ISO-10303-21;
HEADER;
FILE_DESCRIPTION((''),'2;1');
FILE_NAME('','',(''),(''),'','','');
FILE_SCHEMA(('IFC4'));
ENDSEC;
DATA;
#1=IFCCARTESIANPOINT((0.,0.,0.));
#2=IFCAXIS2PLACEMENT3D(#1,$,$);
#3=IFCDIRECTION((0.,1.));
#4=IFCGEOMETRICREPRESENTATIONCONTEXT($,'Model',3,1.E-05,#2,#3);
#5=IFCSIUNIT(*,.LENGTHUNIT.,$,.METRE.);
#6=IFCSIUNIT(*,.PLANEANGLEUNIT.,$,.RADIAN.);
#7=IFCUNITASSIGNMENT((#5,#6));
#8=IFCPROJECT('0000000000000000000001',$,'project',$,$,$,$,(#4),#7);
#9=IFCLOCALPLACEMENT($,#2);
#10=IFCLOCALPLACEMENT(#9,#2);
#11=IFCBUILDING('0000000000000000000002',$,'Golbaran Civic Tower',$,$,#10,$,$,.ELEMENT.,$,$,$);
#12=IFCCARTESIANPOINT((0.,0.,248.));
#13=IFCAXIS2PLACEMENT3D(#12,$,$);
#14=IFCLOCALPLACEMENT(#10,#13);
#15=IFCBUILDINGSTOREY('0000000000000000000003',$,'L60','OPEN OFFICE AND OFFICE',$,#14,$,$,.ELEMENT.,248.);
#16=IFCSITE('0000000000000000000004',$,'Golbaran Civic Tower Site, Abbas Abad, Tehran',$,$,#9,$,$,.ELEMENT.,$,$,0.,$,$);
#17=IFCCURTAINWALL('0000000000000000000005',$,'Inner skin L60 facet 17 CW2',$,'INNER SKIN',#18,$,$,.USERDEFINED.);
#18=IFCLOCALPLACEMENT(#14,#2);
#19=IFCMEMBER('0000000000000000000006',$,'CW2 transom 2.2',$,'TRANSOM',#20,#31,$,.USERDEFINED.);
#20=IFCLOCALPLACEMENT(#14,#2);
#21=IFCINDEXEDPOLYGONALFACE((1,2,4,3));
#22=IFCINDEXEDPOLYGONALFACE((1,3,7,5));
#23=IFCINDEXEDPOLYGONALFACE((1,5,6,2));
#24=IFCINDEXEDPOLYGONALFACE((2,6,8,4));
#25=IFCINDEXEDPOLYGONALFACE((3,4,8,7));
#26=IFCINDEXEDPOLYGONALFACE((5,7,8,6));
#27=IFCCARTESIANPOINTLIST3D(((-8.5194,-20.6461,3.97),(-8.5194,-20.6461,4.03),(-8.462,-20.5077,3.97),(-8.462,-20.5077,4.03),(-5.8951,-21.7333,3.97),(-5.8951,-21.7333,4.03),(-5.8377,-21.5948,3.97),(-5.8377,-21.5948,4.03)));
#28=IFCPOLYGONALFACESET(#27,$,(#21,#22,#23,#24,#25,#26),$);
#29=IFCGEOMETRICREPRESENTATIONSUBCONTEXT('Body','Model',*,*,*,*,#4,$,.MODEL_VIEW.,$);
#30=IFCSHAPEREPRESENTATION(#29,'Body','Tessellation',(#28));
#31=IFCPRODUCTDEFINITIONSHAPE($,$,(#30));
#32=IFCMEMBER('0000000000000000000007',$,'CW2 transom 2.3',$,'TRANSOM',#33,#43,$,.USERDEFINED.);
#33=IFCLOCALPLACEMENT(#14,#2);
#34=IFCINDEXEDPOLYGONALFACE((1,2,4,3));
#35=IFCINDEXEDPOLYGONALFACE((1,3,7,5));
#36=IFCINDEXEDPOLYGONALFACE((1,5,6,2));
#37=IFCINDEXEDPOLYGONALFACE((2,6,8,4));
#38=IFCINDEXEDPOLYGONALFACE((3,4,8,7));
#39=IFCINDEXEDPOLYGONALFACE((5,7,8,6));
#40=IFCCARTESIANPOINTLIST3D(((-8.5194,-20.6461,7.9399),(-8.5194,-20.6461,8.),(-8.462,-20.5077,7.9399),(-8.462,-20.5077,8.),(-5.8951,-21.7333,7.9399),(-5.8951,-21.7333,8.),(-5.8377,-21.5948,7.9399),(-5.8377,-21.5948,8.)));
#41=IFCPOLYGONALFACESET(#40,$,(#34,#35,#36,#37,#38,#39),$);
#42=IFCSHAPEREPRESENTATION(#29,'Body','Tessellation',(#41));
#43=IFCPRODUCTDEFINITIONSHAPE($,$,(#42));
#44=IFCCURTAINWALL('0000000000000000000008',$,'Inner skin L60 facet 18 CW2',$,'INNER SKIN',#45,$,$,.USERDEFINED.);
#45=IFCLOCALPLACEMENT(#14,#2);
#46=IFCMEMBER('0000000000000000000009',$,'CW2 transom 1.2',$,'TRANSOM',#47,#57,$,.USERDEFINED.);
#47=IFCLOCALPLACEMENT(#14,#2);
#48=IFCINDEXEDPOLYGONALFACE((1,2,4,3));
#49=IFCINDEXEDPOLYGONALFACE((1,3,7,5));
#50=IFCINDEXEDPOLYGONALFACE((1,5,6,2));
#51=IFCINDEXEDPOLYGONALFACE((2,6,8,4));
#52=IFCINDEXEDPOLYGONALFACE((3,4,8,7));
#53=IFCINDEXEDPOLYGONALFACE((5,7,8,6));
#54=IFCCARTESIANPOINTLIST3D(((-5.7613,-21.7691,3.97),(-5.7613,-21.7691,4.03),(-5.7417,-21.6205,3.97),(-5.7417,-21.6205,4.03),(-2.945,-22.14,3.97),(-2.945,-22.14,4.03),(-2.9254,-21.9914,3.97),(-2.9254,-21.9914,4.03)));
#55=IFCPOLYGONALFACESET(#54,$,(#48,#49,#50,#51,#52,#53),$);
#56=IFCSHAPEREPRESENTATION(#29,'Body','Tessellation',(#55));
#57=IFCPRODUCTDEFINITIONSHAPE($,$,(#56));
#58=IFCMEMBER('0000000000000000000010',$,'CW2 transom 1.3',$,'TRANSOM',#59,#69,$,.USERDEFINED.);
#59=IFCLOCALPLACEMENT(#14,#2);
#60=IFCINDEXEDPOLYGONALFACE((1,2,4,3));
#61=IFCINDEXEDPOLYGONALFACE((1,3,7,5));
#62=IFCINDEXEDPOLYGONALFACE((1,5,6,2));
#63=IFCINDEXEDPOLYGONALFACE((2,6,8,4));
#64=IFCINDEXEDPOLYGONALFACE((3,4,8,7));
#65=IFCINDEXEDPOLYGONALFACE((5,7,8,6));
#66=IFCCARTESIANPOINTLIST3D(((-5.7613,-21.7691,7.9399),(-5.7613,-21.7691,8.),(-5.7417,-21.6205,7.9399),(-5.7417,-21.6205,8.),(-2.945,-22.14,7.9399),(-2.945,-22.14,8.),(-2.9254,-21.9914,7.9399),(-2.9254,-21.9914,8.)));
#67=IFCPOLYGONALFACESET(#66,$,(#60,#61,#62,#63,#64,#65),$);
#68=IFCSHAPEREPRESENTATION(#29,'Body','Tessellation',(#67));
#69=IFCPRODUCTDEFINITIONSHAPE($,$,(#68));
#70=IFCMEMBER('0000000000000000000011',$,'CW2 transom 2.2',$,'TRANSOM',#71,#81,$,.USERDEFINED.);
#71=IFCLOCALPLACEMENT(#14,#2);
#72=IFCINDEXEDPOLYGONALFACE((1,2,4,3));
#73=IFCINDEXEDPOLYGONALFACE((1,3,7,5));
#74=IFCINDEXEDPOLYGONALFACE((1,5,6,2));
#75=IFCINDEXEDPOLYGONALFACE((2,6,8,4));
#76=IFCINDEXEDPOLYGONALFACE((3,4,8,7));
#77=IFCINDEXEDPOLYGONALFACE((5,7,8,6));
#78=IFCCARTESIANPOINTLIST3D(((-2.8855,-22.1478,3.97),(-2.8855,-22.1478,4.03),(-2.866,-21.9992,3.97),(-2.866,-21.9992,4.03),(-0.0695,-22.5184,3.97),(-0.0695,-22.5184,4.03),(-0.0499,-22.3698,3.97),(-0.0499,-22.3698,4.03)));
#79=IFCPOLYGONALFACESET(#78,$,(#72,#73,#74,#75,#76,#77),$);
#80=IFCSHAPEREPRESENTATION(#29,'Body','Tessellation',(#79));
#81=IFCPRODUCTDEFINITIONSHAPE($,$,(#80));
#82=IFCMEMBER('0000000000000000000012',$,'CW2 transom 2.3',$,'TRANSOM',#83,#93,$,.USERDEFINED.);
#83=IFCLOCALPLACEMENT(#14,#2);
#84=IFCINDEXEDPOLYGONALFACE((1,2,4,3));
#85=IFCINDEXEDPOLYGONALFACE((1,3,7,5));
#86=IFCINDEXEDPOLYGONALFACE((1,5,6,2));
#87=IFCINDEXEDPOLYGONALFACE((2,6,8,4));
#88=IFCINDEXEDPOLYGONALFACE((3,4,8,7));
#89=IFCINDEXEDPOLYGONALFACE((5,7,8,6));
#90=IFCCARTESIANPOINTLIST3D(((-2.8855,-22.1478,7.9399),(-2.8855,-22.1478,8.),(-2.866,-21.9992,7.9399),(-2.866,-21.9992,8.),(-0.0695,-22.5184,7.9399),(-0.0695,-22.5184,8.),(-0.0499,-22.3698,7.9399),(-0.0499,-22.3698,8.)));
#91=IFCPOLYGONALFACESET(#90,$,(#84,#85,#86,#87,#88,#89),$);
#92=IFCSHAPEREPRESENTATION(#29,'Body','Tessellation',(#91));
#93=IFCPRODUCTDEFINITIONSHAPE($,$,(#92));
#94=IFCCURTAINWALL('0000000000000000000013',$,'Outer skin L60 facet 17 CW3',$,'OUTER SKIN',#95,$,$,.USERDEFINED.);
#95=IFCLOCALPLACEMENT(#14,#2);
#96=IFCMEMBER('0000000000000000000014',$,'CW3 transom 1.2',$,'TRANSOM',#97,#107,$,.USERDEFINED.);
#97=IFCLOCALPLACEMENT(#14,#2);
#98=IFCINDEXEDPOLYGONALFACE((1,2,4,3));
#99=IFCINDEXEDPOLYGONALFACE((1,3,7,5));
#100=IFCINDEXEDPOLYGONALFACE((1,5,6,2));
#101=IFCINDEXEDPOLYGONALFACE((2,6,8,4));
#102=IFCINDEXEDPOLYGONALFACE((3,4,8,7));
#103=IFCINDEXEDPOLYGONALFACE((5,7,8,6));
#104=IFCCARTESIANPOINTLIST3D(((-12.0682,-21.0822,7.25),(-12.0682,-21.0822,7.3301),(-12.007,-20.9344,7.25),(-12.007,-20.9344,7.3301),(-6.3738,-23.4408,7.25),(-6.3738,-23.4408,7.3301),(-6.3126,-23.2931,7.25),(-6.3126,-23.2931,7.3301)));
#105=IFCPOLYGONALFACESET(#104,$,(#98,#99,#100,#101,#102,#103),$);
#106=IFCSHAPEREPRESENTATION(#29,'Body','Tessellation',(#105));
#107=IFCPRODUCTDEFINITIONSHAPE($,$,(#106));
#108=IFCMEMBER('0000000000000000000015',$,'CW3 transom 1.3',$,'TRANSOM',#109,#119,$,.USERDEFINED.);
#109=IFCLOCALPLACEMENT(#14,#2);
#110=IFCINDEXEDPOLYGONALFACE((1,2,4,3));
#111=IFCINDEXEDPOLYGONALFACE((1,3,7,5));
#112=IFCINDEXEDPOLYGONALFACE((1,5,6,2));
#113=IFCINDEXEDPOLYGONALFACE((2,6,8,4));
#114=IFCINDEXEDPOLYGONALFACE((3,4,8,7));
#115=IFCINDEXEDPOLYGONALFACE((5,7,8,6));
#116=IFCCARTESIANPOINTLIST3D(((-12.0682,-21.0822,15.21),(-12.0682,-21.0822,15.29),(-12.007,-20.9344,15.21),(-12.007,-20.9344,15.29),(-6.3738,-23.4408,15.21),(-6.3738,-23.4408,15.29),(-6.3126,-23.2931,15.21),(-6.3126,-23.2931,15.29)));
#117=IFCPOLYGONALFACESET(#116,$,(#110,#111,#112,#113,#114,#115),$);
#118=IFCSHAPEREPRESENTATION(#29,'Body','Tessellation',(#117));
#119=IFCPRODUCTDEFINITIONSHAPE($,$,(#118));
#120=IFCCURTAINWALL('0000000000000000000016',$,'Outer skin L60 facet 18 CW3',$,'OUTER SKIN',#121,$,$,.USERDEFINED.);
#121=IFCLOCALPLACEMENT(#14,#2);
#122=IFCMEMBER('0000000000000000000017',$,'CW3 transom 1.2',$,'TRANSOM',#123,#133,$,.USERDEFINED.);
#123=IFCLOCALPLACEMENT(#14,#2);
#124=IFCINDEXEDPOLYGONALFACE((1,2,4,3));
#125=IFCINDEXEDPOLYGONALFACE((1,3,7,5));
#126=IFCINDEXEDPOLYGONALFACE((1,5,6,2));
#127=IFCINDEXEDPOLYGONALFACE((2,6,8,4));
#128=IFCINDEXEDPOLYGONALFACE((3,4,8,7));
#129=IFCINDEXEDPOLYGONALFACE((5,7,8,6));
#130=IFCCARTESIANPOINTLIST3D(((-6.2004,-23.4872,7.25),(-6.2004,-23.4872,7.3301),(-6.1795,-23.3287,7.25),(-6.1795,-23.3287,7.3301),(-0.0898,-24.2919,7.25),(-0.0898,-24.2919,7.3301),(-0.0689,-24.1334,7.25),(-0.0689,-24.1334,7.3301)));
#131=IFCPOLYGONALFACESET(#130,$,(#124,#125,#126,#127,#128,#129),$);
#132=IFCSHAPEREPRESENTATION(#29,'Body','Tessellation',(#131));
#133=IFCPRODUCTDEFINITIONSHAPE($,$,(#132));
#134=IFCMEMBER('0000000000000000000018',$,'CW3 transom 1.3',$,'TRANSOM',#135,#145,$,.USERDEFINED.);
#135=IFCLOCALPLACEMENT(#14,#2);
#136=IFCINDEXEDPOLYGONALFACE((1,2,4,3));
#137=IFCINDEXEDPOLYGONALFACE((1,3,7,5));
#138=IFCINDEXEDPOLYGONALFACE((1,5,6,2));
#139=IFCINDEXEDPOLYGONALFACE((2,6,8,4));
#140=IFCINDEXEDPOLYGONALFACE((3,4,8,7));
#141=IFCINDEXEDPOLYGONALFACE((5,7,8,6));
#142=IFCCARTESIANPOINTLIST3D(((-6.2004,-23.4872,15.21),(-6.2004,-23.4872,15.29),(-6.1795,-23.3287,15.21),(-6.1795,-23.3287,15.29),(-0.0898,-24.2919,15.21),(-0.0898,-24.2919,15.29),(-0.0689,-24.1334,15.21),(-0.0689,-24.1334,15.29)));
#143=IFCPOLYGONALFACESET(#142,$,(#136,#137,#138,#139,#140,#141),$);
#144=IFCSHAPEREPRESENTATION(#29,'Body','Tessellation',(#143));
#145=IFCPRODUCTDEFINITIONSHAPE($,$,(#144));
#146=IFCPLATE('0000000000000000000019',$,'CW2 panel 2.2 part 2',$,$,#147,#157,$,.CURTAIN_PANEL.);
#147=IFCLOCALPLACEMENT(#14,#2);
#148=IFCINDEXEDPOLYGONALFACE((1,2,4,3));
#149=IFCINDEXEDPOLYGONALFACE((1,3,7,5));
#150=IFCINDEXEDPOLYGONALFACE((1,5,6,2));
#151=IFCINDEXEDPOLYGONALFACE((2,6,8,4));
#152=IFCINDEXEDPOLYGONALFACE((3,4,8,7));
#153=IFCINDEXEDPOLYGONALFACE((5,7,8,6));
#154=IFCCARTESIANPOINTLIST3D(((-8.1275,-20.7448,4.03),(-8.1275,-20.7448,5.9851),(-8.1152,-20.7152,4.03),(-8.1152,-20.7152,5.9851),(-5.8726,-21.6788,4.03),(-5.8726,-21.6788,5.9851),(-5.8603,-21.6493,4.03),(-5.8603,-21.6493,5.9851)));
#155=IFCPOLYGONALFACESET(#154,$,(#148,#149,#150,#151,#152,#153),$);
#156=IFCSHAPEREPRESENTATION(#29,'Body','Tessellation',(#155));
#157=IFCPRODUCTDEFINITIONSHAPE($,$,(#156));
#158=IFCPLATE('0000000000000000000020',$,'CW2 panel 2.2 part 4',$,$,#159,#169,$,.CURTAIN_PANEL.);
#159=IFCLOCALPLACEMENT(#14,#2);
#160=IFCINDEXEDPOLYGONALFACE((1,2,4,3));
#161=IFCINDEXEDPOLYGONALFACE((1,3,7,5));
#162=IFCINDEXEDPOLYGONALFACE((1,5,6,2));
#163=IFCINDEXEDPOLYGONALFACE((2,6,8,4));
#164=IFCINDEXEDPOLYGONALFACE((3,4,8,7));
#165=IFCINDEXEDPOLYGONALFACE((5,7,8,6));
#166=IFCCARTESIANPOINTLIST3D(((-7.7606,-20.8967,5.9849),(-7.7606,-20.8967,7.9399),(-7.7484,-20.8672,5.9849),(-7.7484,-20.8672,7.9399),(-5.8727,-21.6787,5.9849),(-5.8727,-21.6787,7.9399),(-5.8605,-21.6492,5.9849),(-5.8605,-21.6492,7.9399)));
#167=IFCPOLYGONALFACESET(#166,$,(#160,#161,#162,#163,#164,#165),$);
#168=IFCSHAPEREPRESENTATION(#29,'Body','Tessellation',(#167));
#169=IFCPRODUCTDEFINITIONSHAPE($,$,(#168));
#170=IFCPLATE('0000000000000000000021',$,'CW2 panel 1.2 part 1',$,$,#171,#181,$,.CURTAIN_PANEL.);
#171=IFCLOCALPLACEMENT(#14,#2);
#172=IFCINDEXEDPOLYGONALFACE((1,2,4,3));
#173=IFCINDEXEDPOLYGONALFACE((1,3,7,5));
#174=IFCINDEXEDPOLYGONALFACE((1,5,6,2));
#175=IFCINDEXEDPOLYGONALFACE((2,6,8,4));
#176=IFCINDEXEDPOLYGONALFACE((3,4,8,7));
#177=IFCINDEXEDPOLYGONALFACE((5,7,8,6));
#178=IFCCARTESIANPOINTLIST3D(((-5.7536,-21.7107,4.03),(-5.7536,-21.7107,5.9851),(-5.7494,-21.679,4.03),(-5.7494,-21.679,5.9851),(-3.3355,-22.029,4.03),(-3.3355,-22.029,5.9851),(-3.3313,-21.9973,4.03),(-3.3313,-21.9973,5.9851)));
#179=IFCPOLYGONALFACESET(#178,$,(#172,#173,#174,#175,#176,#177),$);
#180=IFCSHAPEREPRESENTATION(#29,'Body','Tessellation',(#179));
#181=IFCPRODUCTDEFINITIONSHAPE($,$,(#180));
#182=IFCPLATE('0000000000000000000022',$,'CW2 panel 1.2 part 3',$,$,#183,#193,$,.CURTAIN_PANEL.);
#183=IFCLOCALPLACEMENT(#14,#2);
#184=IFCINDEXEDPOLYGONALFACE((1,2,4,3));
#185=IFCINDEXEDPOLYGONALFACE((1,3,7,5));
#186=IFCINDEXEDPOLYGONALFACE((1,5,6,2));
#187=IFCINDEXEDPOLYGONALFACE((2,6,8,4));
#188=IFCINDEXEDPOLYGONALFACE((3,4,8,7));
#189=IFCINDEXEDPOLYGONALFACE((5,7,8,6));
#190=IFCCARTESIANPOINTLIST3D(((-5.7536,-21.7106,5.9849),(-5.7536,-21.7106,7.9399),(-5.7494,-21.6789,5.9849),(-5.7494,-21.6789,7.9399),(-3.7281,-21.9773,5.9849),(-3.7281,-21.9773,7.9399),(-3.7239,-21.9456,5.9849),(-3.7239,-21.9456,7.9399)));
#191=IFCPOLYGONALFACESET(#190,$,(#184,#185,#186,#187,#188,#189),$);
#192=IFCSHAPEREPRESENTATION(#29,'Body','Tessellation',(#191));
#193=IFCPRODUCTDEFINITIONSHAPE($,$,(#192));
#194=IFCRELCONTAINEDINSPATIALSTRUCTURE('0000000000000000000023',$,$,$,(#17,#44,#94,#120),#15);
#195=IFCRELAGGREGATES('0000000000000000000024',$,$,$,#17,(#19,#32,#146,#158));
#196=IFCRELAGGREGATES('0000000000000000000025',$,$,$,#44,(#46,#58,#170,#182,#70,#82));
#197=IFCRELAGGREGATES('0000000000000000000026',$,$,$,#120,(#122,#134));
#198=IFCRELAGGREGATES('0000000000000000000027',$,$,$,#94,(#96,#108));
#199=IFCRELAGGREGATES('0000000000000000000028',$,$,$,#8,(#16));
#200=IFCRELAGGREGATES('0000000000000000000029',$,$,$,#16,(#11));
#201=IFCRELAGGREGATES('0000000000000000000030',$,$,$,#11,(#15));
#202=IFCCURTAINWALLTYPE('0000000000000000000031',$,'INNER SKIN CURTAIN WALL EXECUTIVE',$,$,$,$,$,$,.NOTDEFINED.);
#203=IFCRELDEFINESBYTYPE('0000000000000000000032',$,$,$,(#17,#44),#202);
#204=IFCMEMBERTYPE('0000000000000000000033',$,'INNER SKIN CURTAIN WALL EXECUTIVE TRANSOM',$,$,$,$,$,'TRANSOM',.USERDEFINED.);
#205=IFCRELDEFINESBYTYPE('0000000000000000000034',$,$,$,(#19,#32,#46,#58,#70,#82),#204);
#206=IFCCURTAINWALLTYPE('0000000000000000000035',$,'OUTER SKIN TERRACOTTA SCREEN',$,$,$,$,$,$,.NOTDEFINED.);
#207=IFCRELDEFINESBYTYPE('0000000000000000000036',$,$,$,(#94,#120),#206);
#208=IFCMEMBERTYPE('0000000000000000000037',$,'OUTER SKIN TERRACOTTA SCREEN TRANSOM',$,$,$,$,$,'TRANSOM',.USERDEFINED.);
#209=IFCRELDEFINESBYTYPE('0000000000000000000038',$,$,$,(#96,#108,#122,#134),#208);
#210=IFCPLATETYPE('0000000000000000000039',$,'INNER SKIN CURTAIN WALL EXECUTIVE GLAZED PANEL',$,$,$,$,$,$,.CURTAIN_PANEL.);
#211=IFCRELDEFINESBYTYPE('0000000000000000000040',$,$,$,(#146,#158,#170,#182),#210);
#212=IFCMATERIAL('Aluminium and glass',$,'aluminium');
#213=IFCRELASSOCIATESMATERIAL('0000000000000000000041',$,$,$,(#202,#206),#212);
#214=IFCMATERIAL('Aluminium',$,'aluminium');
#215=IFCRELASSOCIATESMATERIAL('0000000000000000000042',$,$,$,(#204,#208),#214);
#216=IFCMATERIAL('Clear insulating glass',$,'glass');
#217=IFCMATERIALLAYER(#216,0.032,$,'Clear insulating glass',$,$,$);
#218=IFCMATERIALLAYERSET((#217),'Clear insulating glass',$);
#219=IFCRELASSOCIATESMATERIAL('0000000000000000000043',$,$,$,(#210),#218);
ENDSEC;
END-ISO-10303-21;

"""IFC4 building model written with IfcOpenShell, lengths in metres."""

from ifc_helpers import new_model, si_unit, direction, frame, origin, origin_2d, place, context, subcontext, project, spatial, rectangle, extrude, material, layer, layer_set, material_profile, profile_set, type_object, element, aggregate, save


model = new_model("IFC4")

# Units and contexts
model_context = context("Model", 3, precision=1e-05, world=origin(), true_north=direction((0.0, 1.0)))
body_context = subcontext(model_context, "Body", "Model", "MODEL_VIEW")
ifc_project = project(units=[si_unit("LENGTHUNIT", "METRE"), si_unit("PLANEANGLEUNIT", "RADIAN")], contexts=[model_context])

# Site, building, storey
site_placement = place(None, origin())
site = spatial("IfcSite", under=ifc_project, at=site_placement, Name="Golbaran Civic Tower Site, Abbas Abad, Tehran", CompositionType="ELEMENT", RefElevation=0.0)
building_placement = place(site_placement, origin())
building = spatial("IfcBuilding", under=site, at=building_placement, Name="Golbaran Civic Tower", CompositionType="ELEMENT")
storey_placement = place(building_placement, frame((0.0, 0.0, 248.0)))
storey = spatial("IfcBuildingStorey", under=building, at=storey_placement, Name="L60", Description="OPEN OFFICE AND OFFICE", CompositionType="ELEMENT", Elevation=248.0)

# Curtain walls, members
ifc_material_1 = material(Name="Aluminium and glass", Category="aluminium")
curtain_wall_type_1 = type_object("IfcCurtainWallType", Name="INNER SKIN CURTAIN WALL EXECUTIVE", PredefinedType="NOTDEFINED", material=ifc_material_1)
curtain_wall_1_placement = place(storey_placement, origin())
curtain_wall_1 = element("IfcCurtainWall", 1, at=curtain_wall_1_placement, inside=storey, type_object=curtain_wall_type_1, Name="Inner skin L60 facet 17 CW2", ObjectType="INNER SKIN", PredefinedType="USERDEFINED")
ifc_material_2 = material(Name="Aluminium", Category="aluminium")
ifc_material_profile_1 = material_profile(ifc_material_2, rectangle(XDim=0.1499, YDim=0.0601, at=origin_2d()), Name="INNER SKIN CURTAIN WALL EXECUTIVE TRANSOM")
ifc_profile_set_1 = profile_set([ifc_material_profile_1], Name="Aluminium")
member_type_1 = type_object("IfcMemberType", Name="INNER SKIN CURTAIN WALL EXECUTIVE TRANSOM", ElementType="TRANSOM", PredefinedType="USERDEFINED", material=ifc_profile_set_1)
member_1_placement = place(storey_placement, frame((-8.4907, -20.5769, 4.0), z_axis=(0.923861, -0.382729, 0.0), x_axis=(0.382729, 0.923861, 0.0)))
member_1 = element("IfcMember", 2, at=member_1_placement, type_object=member_type_1, Name="CW2 transom 2.2", ObjectType="TRANSOM", PredefinedType="USERDEFINED", context=body_context, shape_type="SweptSolid", body=[
    extrude(rectangle(XDim=0.1499, YDim=0.0601, at=origin_2d()), origin(), (0.0, 0.0, 1.0), 2.8406),
])
member_2_placement = place(storey_placement, frame((-8.4907, -20.5769, 7.97), z_axis=(0.923861, -0.382729, 0.0), x_axis=(0.382729, 0.923861, 0.0)))
member_2 = element("IfcMember", 3, at=member_2_placement, type_object=member_type_1, Name="CW2 transom 2.3", ObjectType="TRANSOM", PredefinedType="USERDEFINED", context=body_context, shape_type="SweptSolid", body=[
    extrude(rectangle(XDim=0.1499, YDim=0.0601, at=origin_2d()), origin(), (0.0, 0.0, 1.0), 2.8406),
])
curtain_wall_2_placement = place(storey_placement, origin())
curtain_wall_2 = element("IfcCurtainWall", 4, at=curtain_wall_2_placement, inside=storey, type_object=curtain_wall_type_1, Name="Inner skin L60 facet 18 CW2", ObjectType="INNER SKIN", PredefinedType="USERDEFINED")
member_3_placement = place(storey_placement, frame((-5.7515, -21.6948, 4.0), z_axis=(0.991441, -0.130559, 0.0), x_axis=(0.130559, 0.991441, 0.0)))
member_3 = element("IfcMember", 5, at=member_3_placement, type_object=member_type_1, Name="CW2 transom 1.2", ObjectType="TRANSOM", PredefinedType="USERDEFINED", context=body_context, shape_type="SweptSolid", body=[
    extrude(rectangle(XDim=0.1499, YDim=0.0601, at=origin_2d()), origin(), (0.0, 0.0, 1.0), 2.8406),
])
member_4_placement = place(storey_placement, frame((-5.7515, -21.6948, 7.97), z_axis=(0.991441, -0.130559, 0.0), x_axis=(0.130559, 0.991441, 0.0)))
member_4 = element("IfcMember", 6, at=member_4_placement, type_object=member_type_1, Name="CW2 transom 1.3", ObjectType="TRANSOM", PredefinedType="USERDEFINED", context=body_context, shape_type="SweptSolid", body=[
    extrude(rectangle(XDim=0.1499, YDim=0.0601, at=origin_2d()), origin(), (0.0, 0.0, 1.0), 2.8406),
])
member_5_placement = place(storey_placement, frame((-2.8757, -22.0735, 4.0), z_axis=(0.991452, -0.130475, 0.0), x_axis=(0.130475, 0.991452, 0.0)))
member_5 = element("IfcMember", 7, at=member_5_placement, type_object=member_type_1, Name="CW2 transom 2.2", ObjectType="TRANSOM", PredefinedType="USERDEFINED", context=body_context, shape_type="SweptSolid", body=[
    extrude(rectangle(XDim=0.1499, YDim=0.0601, at=origin_2d()), origin(), (0.0, 0.0, 1.0), 2.8403),
])
member_6_placement = place(storey_placement, frame((-2.8757, -22.0735, 7.97), z_axis=(0.991452, -0.130475, 0.0), x_axis=(0.130475, 0.991452, 0.0)))
member_6 = element("IfcMember", 8, at=member_6_placement, type_object=member_type_1, Name="CW2 transom 2.3", ObjectType="TRANSOM", PredefinedType="USERDEFINED", context=body_context, shape_type="SweptSolid", body=[
    extrude(rectangle(XDim=0.1499, YDim=0.0601, at=origin_2d()), origin(), (0.0, 0.0, 1.0), 2.8403),
])
curtain_wall_type_2 = type_object("IfcCurtainWallType", Name="OUTER SKIN TERRACOTTA SCREEN", PredefinedType="NOTDEFINED", material=ifc_material_1)
curtain_wall_3_placement = place(storey_placement, origin())
curtain_wall_3 = element("IfcCurtainWall", 9, at=curtain_wall_3_placement, inside=storey, type_object=curtain_wall_type_2, Name="Outer skin L60 facet 17 CW3", ObjectType="OUTER SKIN", PredefinedType="USERDEFINED")
ifc_material_profile_2 = material_profile(ifc_material_2, rectangle(XDim=0.1599, YDim=0.0801, at=origin_2d()), Name="OUTER SKIN TERRACOTTA SCREEN TRANSOM")
ifc_profile_set_2 = profile_set([ifc_material_profile_2], Name="Aluminium")
member_type_2 = type_object("IfcMemberType", Name="OUTER SKIN TERRACOTTA SCREEN TRANSOM", ElementType="TRANSOM", PredefinedType="USERDEFINED", material=ifc_profile_set_2)
member_7_placement = place(storey_placement, frame((-12.0376, -21.0083, 7.29), z_axis=(0.923881, -0.382679, 0.0), x_axis=(0.382679, 0.923881, 0.0)))
member_7 = element("IfcMember", 10, at=member_7_placement, type_object=member_type_2, Name="CW3 transom 1.2", ObjectType="TRANSOM", PredefinedType="USERDEFINED", context=body_context, shape_type="SweptSolid", body=[
    extrude(rectangle(XDim=0.1599, YDim=0.0801, at=origin_2d()), origin(), (0.0, 0.0, 1.0), 6.1636),
])
member_8_placement = place(storey_placement, frame((-12.0376, -21.0083, 15.25), z_axis=(0.923881, -0.382679, 0.0), x_axis=(0.382679, 0.923881, 0.0)))
member_8 = element("IfcMember", 11, at=member_8_placement, type_object=member_type_2, Name="CW3 transom 1.3", ObjectType="TRANSOM", PredefinedType="USERDEFINED", context=body_context, shape_type="SweptSolid", body=[
    extrude(rectangle(XDim=0.1599, YDim=0.0801, at=origin_2d()), origin(), (0.0, 0.0, 1.0), 6.1636),
])
curtain_wall_4_placement = place(storey_placement, origin())
curtain_wall_4 = element("IfcCurtainWall", 12, at=curtain_wall_4_placement, inside=storey, type_object=curtain_wall_type_2, Name="Outer skin L60 facet 18 CW3", ObjectType="OUTER SKIN", PredefinedType="USERDEFINED")
member_9_placement = place(storey_placement, frame((-6.1899, -23.408, 7.29), z_axis=(0.99144, -0.13056, 0.0), x_axis=(0.13056, 0.99144, 0.0)))
member_9 = element("IfcMember", 13, at=member_9_placement, type_object=member_type_2, Name="CW3 transom 1.2", ObjectType="TRANSOM", PredefinedType="USERDEFINED", context=body_context, shape_type="SweptSolid", body=[
    extrude(rectangle(XDim=0.1599, YDim=0.0801, at=origin_2d()), origin(), (0.0, 0.0, 1.0), 6.1633),
])
member_10_placement = place(storey_placement, frame((-6.1899, -23.408, 15.25), z_axis=(0.99144, -0.13056, 0.0), x_axis=(0.13056, 0.99144, 0.0)))
member_10 = element("IfcMember", 14, at=member_10_placement, type_object=member_type_2, Name="CW3 transom 1.3", ObjectType="TRANSOM", PredefinedType="USERDEFINED", context=body_context, shape_type="SweptSolid", body=[
    extrude(rectangle(XDim=0.1599, YDim=0.0801, at=origin_2d()), origin(), (0.0, 0.0, 1.0), 6.1633),
])

# Plates
ifc_material_3 = material(Name="Clear insulating glass", Category="glass")
ifc_layer_1 = layer(ifc_material_3, 0.032, Name="Clear insulating glass")
ifc_layer_set_1 = layer_set([ifc_layer_1], Name="Clear insulating glass")
plate_type_1 = type_object("IfcPlateType", Name="INNER SKIN CURTAIN WALL EXECUTIVE GLAZED PANEL", PredefinedType="CURTAIN_PANEL", material=ifc_layer_set_1)
plate_1_placement = place(storey_placement, frame((-6.9939, -21.197, 4.03), z_axis=(0.0, 0.0, 1.0), x_axis=(0.92388, -0.382683, 0.0)))
plate_1 = element("IfcPlate", 15, at=plate_1_placement, type_object=plate_type_1, Name="CW2 panel 2.2 part 2", PredefinedType="CURTAIN_PANEL", context=body_context, shape_type="SweptSolid", body=[
    extrude(rectangle(XDim=2.4407, YDim=0.032, at=origin_2d()), origin(), (0.0, 0.0, 1.0), 1.9551),
])
plate_2_placement = place(storey_placement, frame((-6.8105, -21.2729, 5.9849), z_axis=(0.0, 0.0, 1.0), x_axis=(0.92388, -0.382683, 0.0)))
plate_2 = element("IfcPlate", 16, at=plate_2_placement, type_object=plate_type_1, Name="CW2 panel 2.2 part 4", PredefinedType="CURTAIN_PANEL", context=body_context, shape_type="SweptSolid", body=[
    extrude(rectangle(XDim=2.0435, YDim=0.032, at=origin_2d()), origin(), (0.0, 0.0, 1.0), 1.9551),
])
plate_3_placement = place(storey_placement, frame((-4.5425, -21.854, 4.03), z_axis=(0.0, 0.0, 1.0), x_axis=(0.991445, -0.130526, 0.0)))
plate_3 = element("IfcPlate", 17, at=plate_3_placement, type_object=plate_type_1, Name="CW2 panel 1.2 part 1", PredefinedType="CURTAIN_PANEL", context=body_context, shape_type="SweptSolid", body=[
    extrude(rectangle(XDim=2.439, YDim=0.032, at=origin_2d()), origin(), (0.0, 0.0, 1.0), 1.9551),
])
plate_4_placement = place(storey_placement, frame((-4.7388, -21.8281, 5.9849), z_axis=(0.0, 0.0, 1.0), x_axis=(0.991445, -0.130526, 0.0)))
plate_4 = element("IfcPlate", 18, at=plate_4_placement, type_object=plate_type_1, Name="CW2 panel 1.2 part 3", PredefinedType="CURTAIN_PANEL", context=body_context, shape_type="SweptSolid", body=[
    extrude(rectangle(XDim=2.043, YDim=0.032, at=origin_2d()), origin(), (0.0, 0.0, 1.0), 1.9551),
])
aggregate(curtain_wall_1, [member_1, member_2, plate_1, plate_2])
aggregate(curtain_wall_2, [member_3, member_4, plate_3, plate_4, member_5, member_6])

aggregate(curtain_wall_4, [member_9, member_10])
aggregate(curtain_wall_3, [member_7, member_8])

save(model, "model.ifc")
